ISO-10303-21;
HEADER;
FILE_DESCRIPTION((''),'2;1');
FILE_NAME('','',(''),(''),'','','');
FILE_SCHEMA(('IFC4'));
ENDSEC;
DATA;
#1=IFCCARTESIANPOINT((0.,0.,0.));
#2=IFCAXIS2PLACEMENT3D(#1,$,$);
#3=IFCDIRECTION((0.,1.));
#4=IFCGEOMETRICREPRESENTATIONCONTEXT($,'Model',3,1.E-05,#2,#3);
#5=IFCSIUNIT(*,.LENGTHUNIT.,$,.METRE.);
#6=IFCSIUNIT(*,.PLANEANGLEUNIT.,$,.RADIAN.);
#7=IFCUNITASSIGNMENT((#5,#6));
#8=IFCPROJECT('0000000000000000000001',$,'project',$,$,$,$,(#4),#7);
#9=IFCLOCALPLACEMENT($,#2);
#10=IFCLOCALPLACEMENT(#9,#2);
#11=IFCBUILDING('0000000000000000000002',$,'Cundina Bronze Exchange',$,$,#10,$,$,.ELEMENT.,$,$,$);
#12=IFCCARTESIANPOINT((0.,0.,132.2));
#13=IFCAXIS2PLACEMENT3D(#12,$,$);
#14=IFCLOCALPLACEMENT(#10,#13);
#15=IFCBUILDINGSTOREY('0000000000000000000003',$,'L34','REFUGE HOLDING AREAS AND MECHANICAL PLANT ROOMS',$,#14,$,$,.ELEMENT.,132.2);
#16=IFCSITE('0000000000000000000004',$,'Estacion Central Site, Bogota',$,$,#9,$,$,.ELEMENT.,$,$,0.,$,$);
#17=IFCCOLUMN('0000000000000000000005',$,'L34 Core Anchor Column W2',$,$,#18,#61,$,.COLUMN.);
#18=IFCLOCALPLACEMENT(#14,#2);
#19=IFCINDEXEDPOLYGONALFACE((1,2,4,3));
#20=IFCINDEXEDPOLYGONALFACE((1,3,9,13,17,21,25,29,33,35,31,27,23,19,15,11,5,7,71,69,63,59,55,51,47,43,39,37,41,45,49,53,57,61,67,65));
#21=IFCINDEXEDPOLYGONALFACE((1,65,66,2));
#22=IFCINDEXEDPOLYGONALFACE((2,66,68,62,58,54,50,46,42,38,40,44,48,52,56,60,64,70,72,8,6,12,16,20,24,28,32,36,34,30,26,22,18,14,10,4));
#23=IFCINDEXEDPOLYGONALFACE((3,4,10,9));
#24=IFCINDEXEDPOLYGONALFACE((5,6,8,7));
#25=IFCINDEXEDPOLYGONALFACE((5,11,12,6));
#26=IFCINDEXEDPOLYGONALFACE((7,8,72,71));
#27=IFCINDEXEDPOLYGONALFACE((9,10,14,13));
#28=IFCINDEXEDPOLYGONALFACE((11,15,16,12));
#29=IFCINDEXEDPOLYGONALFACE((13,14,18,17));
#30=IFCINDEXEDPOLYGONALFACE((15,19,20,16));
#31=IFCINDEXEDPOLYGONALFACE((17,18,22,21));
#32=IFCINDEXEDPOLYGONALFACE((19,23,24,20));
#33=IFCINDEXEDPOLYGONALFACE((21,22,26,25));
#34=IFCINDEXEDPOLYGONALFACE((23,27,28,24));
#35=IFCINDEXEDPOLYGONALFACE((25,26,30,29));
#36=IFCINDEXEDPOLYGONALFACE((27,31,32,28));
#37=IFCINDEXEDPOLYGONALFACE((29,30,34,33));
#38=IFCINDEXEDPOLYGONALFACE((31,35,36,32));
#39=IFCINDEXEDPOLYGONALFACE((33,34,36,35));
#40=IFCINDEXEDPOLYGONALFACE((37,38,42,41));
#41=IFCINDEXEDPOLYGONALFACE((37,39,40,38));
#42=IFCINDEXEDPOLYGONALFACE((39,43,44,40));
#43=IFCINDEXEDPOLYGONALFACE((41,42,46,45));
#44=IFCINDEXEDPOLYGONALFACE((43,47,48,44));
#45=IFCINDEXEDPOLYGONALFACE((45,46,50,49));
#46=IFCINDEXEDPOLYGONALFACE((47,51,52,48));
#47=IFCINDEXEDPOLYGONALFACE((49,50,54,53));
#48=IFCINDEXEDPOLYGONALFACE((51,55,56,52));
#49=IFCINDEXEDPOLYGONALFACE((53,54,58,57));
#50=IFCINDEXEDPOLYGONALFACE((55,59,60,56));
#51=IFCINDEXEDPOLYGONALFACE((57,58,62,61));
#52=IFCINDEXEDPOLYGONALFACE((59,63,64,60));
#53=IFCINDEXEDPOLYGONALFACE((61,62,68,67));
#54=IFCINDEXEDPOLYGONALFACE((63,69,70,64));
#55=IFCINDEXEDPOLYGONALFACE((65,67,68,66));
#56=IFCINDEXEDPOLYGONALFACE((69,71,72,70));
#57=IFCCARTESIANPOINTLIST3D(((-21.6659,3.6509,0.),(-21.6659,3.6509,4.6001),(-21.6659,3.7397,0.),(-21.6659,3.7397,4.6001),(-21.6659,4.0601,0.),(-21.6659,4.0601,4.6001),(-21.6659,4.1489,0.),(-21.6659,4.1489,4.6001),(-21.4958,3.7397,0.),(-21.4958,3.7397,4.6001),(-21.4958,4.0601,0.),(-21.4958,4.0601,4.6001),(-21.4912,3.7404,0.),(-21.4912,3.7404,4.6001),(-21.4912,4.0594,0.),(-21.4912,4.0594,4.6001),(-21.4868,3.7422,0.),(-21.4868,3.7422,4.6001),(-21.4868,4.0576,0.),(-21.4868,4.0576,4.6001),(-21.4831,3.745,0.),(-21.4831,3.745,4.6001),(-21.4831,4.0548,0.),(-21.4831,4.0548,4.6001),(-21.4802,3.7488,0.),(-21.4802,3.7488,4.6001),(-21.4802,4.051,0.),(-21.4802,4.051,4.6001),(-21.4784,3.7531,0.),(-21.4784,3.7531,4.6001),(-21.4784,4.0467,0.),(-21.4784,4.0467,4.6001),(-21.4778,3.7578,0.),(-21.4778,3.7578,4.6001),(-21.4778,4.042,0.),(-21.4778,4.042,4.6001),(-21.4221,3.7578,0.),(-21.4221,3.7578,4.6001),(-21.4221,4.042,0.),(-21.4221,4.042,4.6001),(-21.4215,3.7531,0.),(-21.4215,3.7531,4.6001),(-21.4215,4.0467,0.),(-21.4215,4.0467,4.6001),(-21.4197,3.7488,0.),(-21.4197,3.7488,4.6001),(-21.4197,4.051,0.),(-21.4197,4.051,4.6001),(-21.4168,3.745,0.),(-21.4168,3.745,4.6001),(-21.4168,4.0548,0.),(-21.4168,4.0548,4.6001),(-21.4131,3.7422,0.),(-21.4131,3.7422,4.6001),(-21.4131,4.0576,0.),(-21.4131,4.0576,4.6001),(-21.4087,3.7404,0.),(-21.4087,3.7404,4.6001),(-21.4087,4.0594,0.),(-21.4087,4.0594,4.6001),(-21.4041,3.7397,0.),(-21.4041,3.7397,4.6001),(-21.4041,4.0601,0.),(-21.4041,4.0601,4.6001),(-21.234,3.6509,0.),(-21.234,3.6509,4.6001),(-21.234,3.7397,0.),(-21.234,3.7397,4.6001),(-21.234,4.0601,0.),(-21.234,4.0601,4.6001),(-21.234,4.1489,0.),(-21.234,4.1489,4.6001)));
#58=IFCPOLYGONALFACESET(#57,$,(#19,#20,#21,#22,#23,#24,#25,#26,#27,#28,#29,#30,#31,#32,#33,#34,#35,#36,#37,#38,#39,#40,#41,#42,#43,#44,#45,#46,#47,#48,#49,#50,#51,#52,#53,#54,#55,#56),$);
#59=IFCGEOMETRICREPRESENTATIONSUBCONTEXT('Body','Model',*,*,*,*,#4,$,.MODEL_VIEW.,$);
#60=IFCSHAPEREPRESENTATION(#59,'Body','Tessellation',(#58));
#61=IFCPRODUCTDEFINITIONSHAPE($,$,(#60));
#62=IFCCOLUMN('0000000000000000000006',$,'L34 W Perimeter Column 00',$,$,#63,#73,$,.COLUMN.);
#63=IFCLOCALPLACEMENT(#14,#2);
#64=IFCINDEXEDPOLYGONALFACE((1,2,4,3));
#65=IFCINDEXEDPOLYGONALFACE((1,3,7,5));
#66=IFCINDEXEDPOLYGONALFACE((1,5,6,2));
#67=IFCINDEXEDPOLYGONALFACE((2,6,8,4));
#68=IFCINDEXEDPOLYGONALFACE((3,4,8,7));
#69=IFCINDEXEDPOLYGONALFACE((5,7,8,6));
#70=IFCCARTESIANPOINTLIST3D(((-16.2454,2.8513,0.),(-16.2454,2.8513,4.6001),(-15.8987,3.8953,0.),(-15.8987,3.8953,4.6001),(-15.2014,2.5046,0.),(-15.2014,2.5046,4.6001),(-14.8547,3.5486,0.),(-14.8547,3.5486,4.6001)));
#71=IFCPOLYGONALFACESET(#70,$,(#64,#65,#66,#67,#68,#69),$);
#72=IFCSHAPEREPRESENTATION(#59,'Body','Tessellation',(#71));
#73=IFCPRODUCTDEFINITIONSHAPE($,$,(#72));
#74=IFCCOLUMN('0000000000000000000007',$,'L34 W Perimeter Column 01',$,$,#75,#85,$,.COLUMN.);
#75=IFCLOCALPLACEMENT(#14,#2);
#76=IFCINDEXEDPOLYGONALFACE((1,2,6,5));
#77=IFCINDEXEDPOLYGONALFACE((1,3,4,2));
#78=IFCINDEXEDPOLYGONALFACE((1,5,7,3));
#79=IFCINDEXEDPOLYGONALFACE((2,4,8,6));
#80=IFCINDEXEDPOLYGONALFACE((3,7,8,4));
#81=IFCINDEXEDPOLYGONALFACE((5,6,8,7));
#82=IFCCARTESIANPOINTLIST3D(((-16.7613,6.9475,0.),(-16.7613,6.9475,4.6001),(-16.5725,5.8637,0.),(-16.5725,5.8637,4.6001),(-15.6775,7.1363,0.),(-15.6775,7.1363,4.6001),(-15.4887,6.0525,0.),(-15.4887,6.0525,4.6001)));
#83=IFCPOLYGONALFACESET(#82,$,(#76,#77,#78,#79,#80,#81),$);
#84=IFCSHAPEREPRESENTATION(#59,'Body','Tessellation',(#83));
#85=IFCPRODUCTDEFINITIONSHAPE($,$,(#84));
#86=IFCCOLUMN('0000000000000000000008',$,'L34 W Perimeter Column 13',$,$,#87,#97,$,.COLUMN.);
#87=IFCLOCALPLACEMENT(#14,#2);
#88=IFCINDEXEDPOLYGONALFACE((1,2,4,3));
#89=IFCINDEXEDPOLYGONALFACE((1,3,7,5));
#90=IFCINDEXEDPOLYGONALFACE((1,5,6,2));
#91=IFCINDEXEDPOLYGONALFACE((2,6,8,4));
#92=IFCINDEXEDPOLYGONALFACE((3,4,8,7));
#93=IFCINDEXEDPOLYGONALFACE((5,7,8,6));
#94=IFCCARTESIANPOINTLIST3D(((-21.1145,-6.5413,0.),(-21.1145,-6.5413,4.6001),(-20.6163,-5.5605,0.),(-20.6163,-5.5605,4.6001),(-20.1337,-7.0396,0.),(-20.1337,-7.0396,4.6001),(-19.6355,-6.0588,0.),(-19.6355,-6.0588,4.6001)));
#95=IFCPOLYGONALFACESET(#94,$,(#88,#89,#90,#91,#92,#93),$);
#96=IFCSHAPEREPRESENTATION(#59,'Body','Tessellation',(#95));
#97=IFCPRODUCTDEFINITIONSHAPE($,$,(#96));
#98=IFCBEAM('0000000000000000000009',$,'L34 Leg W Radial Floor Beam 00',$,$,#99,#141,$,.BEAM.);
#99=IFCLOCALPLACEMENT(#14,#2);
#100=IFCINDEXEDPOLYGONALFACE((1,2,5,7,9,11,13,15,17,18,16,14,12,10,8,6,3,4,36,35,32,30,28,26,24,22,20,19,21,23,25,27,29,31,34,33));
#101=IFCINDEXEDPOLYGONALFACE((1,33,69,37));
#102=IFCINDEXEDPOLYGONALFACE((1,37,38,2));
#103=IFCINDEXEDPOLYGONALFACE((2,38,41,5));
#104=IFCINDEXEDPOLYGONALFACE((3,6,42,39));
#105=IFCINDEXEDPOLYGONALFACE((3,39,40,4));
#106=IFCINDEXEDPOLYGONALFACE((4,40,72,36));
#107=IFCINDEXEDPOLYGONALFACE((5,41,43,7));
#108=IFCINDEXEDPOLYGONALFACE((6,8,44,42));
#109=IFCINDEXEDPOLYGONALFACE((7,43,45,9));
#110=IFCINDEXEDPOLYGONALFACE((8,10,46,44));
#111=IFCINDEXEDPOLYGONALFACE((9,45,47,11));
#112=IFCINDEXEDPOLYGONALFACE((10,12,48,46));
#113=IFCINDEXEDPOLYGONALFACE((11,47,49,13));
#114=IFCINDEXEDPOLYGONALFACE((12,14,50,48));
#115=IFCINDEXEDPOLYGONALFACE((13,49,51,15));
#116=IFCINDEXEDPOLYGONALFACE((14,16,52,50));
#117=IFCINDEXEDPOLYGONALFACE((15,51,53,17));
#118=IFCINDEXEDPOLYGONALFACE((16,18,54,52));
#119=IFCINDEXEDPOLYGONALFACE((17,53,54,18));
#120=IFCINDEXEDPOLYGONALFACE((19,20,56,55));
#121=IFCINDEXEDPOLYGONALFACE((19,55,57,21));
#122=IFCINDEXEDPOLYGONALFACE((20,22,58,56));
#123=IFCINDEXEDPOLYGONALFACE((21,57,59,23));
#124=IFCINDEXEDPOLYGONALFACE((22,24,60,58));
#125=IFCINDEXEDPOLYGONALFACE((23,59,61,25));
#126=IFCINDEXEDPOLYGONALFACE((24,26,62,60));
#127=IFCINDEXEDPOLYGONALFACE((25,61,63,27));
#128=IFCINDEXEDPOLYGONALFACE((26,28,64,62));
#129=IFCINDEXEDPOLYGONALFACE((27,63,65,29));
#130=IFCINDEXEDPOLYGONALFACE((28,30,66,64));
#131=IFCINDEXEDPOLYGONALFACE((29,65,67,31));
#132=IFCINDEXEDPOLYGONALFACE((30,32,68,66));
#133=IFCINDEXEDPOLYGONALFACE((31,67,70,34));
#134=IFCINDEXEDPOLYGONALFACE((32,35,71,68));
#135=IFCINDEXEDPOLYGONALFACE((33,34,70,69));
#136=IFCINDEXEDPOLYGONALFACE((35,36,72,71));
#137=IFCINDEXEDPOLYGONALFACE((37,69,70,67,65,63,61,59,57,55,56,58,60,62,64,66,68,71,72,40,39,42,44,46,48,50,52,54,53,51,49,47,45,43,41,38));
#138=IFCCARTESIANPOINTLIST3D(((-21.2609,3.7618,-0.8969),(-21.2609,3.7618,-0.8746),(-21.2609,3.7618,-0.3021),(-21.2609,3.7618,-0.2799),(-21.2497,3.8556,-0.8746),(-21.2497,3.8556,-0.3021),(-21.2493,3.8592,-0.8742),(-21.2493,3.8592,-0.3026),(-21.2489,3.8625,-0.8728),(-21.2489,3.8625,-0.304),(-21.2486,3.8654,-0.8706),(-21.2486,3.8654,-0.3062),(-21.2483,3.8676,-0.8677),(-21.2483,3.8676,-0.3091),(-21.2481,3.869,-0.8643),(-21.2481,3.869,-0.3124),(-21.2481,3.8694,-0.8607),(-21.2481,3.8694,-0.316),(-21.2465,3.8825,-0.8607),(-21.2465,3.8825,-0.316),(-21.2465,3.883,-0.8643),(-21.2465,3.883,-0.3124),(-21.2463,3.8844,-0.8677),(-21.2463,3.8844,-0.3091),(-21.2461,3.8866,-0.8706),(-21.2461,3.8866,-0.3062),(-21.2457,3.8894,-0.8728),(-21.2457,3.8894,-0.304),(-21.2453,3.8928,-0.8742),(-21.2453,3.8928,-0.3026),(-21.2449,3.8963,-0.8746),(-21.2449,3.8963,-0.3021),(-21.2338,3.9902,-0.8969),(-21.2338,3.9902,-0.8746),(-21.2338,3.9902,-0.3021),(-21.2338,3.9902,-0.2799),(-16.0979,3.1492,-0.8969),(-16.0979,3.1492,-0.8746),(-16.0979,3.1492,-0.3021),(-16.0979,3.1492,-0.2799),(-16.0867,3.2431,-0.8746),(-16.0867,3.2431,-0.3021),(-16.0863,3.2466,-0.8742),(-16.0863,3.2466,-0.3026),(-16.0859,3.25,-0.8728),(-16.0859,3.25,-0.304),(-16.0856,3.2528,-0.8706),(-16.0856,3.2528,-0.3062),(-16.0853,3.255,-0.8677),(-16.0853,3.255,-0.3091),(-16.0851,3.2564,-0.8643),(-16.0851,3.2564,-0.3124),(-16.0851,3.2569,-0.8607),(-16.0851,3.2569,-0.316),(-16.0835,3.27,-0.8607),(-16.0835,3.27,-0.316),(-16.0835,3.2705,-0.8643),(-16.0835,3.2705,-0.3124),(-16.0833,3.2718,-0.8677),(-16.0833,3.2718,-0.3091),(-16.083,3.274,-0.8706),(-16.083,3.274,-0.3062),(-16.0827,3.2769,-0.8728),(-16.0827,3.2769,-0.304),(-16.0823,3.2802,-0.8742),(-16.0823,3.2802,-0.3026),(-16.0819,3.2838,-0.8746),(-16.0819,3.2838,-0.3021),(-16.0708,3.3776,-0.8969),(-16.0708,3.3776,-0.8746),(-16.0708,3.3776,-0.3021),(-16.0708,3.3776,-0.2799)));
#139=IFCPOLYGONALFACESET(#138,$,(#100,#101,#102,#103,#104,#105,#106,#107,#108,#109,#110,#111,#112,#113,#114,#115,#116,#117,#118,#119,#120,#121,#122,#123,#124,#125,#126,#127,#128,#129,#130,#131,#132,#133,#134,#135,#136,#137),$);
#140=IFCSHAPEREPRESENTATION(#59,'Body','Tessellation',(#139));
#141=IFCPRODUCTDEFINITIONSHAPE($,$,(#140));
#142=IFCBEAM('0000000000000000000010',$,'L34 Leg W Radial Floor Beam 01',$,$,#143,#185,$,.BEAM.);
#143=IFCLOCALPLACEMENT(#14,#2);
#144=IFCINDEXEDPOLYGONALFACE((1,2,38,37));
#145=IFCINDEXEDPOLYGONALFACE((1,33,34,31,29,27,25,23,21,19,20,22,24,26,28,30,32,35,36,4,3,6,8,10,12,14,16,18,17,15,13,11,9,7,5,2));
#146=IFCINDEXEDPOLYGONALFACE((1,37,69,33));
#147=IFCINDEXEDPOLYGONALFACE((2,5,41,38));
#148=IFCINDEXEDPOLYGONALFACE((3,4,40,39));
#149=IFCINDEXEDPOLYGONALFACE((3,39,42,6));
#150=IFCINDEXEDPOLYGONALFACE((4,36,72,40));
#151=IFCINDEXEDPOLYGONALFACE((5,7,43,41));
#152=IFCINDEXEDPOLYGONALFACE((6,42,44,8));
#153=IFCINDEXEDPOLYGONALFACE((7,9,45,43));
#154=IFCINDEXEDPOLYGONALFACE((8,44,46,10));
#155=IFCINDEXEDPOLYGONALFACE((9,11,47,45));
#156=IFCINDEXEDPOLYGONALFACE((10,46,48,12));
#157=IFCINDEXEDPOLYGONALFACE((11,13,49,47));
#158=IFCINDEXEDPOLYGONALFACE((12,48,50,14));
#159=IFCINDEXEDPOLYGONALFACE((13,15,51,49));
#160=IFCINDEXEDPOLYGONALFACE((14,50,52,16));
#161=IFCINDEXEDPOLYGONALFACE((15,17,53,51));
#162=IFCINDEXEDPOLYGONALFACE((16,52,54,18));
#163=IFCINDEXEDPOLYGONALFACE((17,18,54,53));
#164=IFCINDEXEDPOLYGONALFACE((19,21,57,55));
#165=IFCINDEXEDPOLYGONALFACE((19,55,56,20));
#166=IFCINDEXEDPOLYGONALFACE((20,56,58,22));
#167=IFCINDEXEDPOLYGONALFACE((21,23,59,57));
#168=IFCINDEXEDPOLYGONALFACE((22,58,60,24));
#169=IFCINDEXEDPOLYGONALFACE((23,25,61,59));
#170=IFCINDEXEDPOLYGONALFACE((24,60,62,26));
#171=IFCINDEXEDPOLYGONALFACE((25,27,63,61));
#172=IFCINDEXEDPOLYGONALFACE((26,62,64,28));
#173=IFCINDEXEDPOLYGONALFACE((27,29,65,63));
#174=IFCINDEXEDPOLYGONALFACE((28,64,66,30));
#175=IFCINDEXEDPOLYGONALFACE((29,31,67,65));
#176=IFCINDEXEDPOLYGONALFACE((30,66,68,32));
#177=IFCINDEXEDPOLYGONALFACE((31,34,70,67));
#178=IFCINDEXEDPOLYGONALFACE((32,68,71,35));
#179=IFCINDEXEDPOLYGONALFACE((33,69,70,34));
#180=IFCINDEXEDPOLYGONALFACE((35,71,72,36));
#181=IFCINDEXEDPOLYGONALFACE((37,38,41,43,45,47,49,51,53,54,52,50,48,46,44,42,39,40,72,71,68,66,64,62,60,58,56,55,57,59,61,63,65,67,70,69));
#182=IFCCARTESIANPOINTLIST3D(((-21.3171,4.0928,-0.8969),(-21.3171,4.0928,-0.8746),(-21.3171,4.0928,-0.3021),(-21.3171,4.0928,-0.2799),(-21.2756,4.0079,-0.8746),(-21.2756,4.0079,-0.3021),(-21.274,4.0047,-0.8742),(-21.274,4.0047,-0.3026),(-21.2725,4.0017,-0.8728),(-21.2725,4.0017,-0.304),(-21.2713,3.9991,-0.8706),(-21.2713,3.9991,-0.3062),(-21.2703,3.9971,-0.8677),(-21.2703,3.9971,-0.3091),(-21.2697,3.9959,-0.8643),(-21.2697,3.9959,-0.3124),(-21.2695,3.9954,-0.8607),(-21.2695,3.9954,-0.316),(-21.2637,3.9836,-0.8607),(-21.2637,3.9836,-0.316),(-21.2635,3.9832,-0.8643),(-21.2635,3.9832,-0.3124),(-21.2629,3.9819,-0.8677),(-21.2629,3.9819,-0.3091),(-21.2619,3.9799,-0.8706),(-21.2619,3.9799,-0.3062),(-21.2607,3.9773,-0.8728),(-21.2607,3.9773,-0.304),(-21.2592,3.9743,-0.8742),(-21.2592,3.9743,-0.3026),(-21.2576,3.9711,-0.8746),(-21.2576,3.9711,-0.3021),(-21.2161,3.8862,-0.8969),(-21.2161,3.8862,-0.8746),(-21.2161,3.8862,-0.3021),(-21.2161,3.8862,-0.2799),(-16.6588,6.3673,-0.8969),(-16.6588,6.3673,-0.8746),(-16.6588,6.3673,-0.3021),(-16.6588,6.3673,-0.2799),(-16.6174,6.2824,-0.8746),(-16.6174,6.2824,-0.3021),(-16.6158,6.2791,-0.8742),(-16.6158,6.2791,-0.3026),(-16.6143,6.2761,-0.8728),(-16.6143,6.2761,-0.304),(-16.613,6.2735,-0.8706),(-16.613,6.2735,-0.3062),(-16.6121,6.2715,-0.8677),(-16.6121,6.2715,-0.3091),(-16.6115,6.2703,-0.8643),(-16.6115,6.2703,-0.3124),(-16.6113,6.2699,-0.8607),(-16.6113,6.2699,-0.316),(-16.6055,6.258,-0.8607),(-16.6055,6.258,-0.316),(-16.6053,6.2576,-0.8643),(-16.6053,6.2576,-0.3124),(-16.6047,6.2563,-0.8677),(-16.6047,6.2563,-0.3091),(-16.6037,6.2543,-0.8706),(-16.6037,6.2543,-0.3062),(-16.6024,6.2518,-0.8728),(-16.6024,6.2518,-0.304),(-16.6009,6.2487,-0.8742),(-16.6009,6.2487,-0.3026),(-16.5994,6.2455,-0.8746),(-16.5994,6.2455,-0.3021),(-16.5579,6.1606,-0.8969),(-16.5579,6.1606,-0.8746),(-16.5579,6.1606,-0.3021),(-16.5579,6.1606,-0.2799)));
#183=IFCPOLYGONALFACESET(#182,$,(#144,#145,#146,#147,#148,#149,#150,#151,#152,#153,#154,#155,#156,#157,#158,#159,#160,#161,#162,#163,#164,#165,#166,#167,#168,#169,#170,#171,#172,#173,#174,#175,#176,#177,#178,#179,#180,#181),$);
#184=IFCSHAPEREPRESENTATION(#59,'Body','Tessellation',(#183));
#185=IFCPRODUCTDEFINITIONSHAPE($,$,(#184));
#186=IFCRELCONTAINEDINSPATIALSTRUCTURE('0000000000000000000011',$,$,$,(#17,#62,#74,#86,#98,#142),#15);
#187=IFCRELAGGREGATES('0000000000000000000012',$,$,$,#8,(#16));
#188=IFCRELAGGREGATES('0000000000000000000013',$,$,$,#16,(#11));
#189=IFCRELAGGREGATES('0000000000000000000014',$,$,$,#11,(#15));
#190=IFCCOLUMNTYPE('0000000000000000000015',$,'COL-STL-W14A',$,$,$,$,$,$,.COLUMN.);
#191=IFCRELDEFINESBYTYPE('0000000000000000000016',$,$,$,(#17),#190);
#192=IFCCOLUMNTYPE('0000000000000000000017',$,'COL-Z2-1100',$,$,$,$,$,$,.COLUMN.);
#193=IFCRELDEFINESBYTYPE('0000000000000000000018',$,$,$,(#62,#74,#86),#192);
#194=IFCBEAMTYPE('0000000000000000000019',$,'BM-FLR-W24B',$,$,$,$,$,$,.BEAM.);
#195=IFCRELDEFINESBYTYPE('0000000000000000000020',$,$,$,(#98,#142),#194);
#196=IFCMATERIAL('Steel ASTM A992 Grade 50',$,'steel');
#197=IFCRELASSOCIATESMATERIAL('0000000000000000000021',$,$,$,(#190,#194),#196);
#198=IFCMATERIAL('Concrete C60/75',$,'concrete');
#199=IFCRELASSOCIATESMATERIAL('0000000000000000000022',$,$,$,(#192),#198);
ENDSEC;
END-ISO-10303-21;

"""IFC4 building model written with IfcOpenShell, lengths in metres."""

from ifc_helpers import new_model, si_unit, direction, frame, origin, origin_2d, place, context, subcontext, project, spatial, rectangle, i_section, extrude, material, material_profile, profile_set, type_object, element, save


model = new_model("IFC4")

# Units and contexts
model_context = context("Model", 3, precision=1e-05, world=origin(), true_north=direction((0.0, 1.0)))
body_context = subcontext(model_context, "Body", "Model", "MODEL_VIEW")
ifc_project = project(units=[si_unit("LENGTHUNIT", "METRE"), si_unit("PLANEANGLEUNIT", "RADIAN")], contexts=[model_context])

# Site, building, storey
site_placement = place(None, origin())
site = spatial("IfcSite", under=ifc_project, at=site_placement, Name="Estacion Central Site, Bogota", CompositionType="ELEMENT", RefElevation=0.0)
building_placement = place(site_placement, origin())
building = spatial("IfcBuilding", under=site, at=building_placement, Name="Cundina Bronze Exchange", CompositionType="ELEMENT")
storey_placement = place(building_placement, frame((0.0, 0.0, 132.2)))
storey = spatial("IfcBuildingStorey", under=building, at=storey_placement, Name="L34", Description="REFUGE HOLDING AREAS AND MECHANICAL PLANT ROOMS", CompositionType="ELEMENT", Elevation=132.2)

# Columns
ifc_material_1 = material(Name="Steel ASTM A992 Grade 50", Category="steel")
ifc_material_profile_1 = material_profile(ifc_material_1, i_section(OverallWidth=0.4319, OverallDepth=0.498, WebThickness=0.0557, FlangeThickness=0.0889, FilletRadius=0.0181, at=origin_2d()), Name="W14X500", Category="steel")
ifc_profile_set_1 = profile_set([ifc_material_profile_1], Name="Steel ASTM A992 Grade 50")
column_type_1 = type_object("IfcColumnType", Name="COL-STL-W14A", PredefinedType="COLUMN", material=ifc_profile_set_1)
column_placement = place(storey_placement, frame((-21.45, 3.8999, 0.0), z_axis=(0.0, 0.0, 1.0), x_axis=(1.0, 0.0, 0.0)))
element("IfcColumn", 1, at=column_placement, inside=storey, type_object=column_type_1, Name="L34 Core Anchor Column W2", PredefinedType="COLUMN", context=body_context, shape_type="SweptSolid", body=[
    extrude(i_section(OverallWidth=0.4319, OverallDepth=0.498, WebThickness=0.0557, FlangeThickness=0.0889, FilletRadius=0.0181, at=origin_2d()), origin(), (0.0, 0.0, 1.0), 4.6001),
])
ifc_material_2 = material(Name="Concrete C60/75", Category="concrete")
ifc_material_profile_2 = material_profile(ifc_material_2, rectangle(XDim=1.1001, YDim=1.1001, at=origin_2d()), Name="RC1100X1100", Category="concrete")
ifc_profile_set_2 = profile_set([ifc_material_profile_2], Name="Concrete C60/75")
column_type_2 = type_object("IfcColumnType", Name="COL-Z2-1100", PredefinedType="COLUMN", material=ifc_profile_set_2)
for number, where, z_axis, x_axis, name in (
    (2, (-15.55, 3.2, 0.0), (0.0, 0.0, 1.0), (0.315152, 0.949041, 0.0), "L34 W Perimeter Column 00"),
    (3, (-16.125, 6.5, 0.0), (0.0, 0.0, 1.0), (-0.171585, 0.985169, 0.0), "L34 W Perimeter Column 01"),
    (4, (-20.375, -6.3, 0.0), (0.0, 0.0, 1.0), (0.452902, 0.891561, 0.0), "L34 W Perimeter Column 13"),
):
    element("IfcColumn", number, at=place(storey_placement, frame(where, z_axis=z_axis, x_axis=x_axis)), inside=storey, type_object=column_type_2, Name=name, PredefinedType="COLUMN", context=body_context, shape_type="SweptSolid", body=[
        extrude(rectangle(XDim=1.1001, YDim=1.1001, at=origin_2d()), origin(), (0.0, 0.0, 1.0), 4.6001),
    ])

# Beams
ifc_material_profile_3 = material_profile(ifc_material_1, i_section(OverallWidth=0.23, OverallDepth=0.6169, WebThickness=0.0132, FlangeThickness=0.0222, FilletRadius=0.0139, at=origin_2d()), Name="W24X94", Category="steel")
ifc_profile_set_3 = profile_set([ifc_material_profile_3], Name="Steel ASTM A992 Grade 50")
beam_type_1 = type_object("IfcBeamType", Name="BM-FLR-W24B", PredefinedType="BEAM", material=ifc_profile_set_3)
beam_1_placement = place(storey_placement, frame((-21.2473, 3.876, -0.5884), z_axis=(0.993036, -0.117814, 0.0), x_axis=(0.117814, 0.993036, 0.0)))
element("IfcBeam", 5, at=beam_1_placement, inside=storey, type_object=beam_type_1, Name="L34 Leg W Radial Floor Beam 00", PredefinedType="BEAM", context=body_context, shape_type="SweptSolid", body=[
    extrude(i_section(OverallWidth=0.23, OverallDepth=0.6169, WebThickness=0.0132, FlangeThickness=0.0222, FilletRadius=0.0139, at=origin_2d()), origin(), (0.0, 0.0, 1.0), 5.1992),
])
beam_2_placement = place(storey_placement, frame((-21.2666, 3.9895, -0.5884), z_axis=(0.898607, 0.438754, 0.0), x_axis=(-0.438754, 0.898607, 0.0)))
element("IfcBeam", 6, at=beam_2_placement, inside=storey, type_object=beam_type_1, Name="L34 Leg W Radial Floor Beam 01", PredefinedType="BEAM", context=body_context, shape_type="SweptSolid", body=[
    extrude(i_section(OverallWidth=0.23, OverallDepth=0.6169, WebThickness=0.0132, FlangeThickness=0.0222, FilletRadius=0.0139, at=origin_2d()), origin(), (0.0, 0.0, 1.0), 5.1838),
])

save(model, "model.ifc")
